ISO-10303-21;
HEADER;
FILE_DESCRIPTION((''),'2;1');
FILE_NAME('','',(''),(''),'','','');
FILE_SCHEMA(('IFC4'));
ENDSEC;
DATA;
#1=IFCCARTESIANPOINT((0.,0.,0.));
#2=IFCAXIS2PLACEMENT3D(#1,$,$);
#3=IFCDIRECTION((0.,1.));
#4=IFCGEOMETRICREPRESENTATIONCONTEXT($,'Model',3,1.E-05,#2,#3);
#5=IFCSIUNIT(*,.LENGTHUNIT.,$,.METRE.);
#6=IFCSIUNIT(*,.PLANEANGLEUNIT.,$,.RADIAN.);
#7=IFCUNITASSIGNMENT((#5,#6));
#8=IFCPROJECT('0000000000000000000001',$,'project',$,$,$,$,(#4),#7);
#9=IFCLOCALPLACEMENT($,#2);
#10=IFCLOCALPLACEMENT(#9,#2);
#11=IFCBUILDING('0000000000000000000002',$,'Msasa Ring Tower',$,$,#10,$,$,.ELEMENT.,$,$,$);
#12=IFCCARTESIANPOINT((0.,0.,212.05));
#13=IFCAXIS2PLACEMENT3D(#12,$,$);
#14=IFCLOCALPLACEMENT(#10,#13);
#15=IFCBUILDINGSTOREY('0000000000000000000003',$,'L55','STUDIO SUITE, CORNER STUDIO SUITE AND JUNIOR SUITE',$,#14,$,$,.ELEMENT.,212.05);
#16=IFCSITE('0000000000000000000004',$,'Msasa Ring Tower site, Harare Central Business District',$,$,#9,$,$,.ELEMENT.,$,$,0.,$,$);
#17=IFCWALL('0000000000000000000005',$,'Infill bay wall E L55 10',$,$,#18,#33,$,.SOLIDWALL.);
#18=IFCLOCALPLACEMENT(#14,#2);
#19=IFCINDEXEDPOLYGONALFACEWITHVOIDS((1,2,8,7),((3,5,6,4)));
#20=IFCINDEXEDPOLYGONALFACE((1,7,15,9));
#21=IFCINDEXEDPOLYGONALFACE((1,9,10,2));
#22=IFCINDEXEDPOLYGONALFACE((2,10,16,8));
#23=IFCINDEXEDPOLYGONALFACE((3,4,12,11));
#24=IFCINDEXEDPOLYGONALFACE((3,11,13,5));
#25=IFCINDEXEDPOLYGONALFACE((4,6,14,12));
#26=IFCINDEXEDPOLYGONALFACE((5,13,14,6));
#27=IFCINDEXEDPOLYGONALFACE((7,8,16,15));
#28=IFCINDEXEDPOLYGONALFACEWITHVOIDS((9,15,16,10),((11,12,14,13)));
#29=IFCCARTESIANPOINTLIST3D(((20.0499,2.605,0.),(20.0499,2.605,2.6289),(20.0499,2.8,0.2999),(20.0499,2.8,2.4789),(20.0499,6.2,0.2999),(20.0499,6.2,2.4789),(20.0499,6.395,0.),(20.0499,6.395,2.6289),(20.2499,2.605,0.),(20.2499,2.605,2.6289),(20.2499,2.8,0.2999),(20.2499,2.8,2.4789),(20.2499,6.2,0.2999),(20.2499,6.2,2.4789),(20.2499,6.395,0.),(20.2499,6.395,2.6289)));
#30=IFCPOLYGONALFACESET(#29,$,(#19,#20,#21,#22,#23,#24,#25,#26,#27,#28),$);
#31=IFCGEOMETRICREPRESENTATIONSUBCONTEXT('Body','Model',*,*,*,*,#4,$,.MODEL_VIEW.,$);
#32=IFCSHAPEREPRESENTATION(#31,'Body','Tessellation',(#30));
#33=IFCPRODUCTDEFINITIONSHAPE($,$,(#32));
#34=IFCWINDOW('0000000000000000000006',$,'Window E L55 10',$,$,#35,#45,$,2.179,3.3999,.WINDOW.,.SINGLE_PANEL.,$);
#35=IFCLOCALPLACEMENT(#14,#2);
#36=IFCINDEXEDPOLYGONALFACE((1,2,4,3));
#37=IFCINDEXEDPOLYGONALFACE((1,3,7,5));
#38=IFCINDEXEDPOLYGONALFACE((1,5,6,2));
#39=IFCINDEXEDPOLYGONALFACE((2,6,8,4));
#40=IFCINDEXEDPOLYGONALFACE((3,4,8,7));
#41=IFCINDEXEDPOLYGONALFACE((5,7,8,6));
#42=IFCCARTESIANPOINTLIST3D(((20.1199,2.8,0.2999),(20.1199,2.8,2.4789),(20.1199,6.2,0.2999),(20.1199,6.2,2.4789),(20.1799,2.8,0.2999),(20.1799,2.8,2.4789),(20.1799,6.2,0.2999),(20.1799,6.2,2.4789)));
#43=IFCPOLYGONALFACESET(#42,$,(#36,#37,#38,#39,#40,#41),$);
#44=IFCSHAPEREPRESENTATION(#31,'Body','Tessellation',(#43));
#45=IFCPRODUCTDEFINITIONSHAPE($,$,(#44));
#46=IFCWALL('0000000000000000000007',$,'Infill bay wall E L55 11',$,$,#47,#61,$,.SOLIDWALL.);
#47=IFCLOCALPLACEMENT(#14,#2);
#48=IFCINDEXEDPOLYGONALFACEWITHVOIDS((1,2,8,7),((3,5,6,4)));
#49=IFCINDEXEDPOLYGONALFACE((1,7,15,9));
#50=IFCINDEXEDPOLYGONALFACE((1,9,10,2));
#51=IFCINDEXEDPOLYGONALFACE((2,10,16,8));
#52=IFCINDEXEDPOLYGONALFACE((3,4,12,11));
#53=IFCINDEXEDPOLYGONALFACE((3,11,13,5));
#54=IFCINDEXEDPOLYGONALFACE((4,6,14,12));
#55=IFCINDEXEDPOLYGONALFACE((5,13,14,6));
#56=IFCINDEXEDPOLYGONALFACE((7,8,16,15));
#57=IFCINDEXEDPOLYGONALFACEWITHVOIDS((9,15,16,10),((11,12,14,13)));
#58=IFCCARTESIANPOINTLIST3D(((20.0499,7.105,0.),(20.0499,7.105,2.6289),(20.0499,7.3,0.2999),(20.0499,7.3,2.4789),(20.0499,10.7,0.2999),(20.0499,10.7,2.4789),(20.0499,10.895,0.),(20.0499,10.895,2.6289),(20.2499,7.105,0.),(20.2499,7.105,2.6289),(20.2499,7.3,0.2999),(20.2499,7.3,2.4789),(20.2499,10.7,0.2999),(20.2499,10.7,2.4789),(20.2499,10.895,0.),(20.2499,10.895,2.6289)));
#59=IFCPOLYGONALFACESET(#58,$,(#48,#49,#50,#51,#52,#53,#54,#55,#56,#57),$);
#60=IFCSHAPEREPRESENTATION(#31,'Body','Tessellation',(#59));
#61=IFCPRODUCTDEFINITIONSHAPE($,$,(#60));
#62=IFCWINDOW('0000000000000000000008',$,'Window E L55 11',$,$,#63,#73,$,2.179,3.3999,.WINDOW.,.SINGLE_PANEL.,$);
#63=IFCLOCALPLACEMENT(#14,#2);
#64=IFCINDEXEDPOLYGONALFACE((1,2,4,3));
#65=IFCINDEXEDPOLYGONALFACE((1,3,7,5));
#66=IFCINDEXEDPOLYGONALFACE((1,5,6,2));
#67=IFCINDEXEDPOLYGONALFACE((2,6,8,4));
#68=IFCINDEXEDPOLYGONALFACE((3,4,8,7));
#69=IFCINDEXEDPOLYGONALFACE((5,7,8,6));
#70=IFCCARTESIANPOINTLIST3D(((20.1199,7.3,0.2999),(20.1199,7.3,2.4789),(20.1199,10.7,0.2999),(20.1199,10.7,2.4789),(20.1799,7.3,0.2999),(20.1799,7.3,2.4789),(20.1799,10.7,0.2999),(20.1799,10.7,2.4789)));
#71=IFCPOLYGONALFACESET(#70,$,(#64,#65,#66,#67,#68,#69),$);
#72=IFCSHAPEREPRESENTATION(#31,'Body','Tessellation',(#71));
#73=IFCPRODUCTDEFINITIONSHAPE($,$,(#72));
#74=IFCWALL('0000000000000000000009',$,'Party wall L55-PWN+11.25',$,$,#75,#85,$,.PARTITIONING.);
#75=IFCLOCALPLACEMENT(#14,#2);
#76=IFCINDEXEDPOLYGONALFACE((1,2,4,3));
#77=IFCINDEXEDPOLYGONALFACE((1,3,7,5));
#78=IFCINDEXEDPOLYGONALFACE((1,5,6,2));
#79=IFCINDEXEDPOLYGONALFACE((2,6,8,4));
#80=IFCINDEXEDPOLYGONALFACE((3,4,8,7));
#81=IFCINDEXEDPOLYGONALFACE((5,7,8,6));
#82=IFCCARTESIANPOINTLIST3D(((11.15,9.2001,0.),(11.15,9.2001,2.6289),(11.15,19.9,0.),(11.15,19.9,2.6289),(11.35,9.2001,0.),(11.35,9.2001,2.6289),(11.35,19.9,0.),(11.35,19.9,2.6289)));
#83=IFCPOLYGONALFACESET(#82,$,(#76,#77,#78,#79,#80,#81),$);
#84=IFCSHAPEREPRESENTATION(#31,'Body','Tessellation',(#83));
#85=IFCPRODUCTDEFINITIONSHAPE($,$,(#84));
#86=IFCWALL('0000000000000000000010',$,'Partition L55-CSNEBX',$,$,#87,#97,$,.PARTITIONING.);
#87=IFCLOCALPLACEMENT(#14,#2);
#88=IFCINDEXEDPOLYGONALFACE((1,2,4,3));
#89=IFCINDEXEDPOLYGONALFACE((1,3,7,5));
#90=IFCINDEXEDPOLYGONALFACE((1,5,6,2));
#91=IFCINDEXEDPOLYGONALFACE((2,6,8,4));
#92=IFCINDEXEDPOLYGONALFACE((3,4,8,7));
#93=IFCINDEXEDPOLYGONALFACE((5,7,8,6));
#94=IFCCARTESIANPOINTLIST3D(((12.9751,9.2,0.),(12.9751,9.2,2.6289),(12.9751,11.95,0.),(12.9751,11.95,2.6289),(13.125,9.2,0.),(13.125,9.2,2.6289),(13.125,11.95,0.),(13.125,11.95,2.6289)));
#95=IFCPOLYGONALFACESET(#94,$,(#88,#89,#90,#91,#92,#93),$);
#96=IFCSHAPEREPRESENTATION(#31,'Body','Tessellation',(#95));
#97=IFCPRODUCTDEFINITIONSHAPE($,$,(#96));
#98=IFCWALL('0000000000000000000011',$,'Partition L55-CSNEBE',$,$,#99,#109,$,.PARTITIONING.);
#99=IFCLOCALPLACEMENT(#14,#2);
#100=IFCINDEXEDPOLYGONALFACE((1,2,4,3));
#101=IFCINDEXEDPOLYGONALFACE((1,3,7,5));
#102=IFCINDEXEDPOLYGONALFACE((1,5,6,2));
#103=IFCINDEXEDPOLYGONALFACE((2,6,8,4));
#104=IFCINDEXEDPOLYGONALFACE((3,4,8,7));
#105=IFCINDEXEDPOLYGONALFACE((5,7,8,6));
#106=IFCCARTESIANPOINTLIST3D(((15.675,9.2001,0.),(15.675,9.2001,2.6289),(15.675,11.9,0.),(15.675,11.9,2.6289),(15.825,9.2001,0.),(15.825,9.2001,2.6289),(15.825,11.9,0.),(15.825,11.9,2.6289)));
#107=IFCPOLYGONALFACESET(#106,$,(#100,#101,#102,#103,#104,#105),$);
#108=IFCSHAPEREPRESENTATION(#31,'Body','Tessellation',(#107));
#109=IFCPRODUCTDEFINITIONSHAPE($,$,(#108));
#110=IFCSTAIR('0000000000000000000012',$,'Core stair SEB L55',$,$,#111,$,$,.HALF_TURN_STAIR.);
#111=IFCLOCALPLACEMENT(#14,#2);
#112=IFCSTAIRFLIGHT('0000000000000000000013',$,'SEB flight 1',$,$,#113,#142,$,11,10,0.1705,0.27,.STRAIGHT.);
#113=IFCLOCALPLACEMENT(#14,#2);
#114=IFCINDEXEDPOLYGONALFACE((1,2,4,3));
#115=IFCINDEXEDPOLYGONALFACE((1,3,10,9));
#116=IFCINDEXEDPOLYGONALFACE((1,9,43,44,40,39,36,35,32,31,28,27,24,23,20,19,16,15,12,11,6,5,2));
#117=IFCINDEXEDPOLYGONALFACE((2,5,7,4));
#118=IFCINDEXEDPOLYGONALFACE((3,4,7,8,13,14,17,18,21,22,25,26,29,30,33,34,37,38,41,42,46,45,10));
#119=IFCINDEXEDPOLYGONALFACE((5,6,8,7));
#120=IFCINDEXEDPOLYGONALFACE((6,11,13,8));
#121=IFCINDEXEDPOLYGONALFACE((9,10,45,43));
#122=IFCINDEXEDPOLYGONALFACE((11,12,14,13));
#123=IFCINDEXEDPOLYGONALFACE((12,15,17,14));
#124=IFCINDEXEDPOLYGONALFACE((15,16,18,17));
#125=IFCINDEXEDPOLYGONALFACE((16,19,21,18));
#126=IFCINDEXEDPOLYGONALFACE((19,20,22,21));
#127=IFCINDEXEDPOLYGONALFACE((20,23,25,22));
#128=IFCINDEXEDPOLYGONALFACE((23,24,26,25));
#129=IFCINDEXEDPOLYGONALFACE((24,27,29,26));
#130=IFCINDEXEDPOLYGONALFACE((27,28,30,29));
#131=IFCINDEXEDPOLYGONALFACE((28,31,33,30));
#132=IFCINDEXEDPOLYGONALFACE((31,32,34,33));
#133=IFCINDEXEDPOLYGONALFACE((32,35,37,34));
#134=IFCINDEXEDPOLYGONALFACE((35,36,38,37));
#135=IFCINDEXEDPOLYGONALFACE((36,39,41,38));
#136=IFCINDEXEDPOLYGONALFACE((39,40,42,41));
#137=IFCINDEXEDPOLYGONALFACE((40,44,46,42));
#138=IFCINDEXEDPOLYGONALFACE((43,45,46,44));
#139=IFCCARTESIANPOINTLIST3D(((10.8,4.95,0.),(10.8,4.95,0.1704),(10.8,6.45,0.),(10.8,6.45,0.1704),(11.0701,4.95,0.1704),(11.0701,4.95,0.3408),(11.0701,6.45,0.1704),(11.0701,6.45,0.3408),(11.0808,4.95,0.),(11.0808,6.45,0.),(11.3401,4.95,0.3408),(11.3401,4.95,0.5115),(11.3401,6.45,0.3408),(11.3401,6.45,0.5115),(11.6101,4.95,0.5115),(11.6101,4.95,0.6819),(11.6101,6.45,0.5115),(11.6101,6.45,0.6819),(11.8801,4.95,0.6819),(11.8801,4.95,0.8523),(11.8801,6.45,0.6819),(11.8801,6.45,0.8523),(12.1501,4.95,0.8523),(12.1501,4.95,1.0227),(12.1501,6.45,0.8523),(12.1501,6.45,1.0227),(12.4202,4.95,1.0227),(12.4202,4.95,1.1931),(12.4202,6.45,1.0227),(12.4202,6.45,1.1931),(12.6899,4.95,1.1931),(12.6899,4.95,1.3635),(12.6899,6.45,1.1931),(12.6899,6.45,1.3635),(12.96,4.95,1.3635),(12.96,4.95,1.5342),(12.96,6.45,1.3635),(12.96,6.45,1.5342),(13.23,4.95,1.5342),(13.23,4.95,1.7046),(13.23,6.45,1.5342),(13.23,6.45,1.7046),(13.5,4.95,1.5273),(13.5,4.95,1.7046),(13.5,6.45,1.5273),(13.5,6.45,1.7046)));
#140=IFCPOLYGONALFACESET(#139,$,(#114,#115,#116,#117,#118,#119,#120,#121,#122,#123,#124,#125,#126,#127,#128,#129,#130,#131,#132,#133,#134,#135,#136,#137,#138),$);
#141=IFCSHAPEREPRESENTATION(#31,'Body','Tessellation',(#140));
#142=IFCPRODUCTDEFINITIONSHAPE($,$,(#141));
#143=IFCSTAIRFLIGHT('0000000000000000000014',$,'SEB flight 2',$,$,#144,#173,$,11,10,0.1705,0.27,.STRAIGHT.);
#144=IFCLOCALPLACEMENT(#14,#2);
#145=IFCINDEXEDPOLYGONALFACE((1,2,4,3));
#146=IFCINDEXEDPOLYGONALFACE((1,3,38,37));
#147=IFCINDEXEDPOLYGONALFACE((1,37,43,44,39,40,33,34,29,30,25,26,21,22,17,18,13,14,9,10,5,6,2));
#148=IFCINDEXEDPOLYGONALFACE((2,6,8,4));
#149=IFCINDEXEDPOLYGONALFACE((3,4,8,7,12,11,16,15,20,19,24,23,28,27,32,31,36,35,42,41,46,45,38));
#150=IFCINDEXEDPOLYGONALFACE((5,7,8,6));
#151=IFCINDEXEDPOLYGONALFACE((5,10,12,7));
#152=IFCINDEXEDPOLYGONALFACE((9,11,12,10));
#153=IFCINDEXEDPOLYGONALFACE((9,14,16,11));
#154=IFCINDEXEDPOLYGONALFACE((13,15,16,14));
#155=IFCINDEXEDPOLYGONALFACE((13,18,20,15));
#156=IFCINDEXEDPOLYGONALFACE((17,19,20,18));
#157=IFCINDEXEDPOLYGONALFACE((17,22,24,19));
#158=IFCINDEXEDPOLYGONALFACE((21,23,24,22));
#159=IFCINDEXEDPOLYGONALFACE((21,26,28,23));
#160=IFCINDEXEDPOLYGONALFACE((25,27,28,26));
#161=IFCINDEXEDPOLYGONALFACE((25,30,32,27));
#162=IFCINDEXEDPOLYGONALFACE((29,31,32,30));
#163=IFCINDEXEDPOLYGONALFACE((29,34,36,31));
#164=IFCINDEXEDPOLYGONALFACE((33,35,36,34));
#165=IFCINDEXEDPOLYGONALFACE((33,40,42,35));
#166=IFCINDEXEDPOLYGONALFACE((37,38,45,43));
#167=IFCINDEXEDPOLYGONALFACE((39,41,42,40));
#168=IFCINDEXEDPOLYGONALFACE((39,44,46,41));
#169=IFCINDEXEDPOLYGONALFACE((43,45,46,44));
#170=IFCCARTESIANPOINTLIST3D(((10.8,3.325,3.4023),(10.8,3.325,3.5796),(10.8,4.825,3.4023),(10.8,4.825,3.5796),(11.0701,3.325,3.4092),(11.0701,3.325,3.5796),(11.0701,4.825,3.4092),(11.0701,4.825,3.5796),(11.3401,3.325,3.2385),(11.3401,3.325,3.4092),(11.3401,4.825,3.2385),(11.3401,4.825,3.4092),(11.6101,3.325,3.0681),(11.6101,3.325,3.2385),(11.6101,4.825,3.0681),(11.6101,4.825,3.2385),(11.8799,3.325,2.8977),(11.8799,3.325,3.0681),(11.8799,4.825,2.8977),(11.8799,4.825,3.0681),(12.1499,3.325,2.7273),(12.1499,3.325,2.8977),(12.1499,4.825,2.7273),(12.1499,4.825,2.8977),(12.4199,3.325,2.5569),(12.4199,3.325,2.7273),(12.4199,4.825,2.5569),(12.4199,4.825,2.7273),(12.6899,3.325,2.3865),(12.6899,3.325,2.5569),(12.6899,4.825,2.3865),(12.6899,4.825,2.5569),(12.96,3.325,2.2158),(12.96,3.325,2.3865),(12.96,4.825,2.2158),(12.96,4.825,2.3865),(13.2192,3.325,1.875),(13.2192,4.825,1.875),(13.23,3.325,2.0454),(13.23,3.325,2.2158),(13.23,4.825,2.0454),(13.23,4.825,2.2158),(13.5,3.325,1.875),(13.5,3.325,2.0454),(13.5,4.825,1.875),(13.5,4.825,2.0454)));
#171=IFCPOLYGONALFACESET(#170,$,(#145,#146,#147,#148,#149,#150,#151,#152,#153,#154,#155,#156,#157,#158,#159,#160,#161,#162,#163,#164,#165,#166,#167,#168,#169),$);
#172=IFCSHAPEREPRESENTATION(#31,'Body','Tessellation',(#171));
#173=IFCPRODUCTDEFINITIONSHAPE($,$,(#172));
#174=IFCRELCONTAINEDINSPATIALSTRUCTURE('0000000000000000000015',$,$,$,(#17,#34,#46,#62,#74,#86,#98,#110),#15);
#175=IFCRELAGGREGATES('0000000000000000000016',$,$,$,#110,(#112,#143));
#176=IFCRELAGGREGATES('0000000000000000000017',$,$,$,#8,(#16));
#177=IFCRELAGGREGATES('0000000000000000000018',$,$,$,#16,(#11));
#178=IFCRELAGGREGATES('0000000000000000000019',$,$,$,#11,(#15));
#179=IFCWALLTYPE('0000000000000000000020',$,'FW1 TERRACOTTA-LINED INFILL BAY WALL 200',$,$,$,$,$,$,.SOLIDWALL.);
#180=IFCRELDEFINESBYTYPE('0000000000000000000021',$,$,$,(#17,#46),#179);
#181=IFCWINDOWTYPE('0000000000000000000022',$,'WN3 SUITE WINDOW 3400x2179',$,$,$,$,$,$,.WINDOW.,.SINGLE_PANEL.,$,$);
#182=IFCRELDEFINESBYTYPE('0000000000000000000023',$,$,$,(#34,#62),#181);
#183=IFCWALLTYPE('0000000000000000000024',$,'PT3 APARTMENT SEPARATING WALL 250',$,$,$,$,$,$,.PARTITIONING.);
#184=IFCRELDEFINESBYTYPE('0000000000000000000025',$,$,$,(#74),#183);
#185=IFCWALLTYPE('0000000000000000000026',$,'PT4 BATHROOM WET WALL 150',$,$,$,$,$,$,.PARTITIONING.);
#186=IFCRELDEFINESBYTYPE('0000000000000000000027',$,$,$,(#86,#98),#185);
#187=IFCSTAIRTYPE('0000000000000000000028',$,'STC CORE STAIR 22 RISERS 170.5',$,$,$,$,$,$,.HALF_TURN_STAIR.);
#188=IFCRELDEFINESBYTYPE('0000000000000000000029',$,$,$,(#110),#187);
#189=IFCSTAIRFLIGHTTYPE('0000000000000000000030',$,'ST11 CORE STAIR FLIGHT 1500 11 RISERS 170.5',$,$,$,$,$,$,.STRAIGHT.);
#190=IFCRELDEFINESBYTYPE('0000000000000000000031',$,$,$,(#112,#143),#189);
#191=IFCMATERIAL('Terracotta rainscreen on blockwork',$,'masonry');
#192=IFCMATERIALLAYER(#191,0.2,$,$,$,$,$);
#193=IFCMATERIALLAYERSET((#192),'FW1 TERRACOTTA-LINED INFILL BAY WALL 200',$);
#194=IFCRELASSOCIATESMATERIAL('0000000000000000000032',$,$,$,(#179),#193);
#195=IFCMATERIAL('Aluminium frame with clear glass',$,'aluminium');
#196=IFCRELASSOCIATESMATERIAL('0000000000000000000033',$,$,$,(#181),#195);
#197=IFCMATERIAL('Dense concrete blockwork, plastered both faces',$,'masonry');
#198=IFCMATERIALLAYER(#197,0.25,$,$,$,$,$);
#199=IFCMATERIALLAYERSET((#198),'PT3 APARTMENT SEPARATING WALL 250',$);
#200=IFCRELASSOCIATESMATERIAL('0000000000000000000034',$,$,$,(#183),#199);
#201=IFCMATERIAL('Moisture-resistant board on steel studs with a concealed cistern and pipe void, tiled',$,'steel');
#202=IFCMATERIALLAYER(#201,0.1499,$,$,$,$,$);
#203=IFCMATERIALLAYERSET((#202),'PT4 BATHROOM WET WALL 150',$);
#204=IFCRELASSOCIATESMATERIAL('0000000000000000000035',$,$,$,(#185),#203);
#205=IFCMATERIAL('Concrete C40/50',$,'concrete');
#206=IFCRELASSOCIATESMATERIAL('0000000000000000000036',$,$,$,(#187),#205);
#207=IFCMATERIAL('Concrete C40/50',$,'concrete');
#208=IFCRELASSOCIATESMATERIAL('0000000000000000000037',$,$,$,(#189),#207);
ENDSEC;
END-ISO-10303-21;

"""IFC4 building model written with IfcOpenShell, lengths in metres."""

from ifc_helpers import new_model, si_unit, direction, frame, frame_2d, origin, place, context, subcontext, project, spatial, polyline, rectangle, outline, extrude, material, layer, layer_set, type_object, element, fill, aggregate, save


model = new_model("IFC4")

# Units and contexts
model_context = context("Model", 3, precision=1e-05, world=origin(), true_north=direction((0.0, 1.0)))
body_context = subcontext(model_context, "Body", "Model", "MODEL_VIEW")
ifc_project = project(units=[si_unit("LENGTHUNIT", "METRE"), si_unit("PLANEANGLEUNIT", "RADIAN")], contexts=[model_context])

# Site, building, storey
site_placement = place(None, origin())
site = spatial("IfcSite", under=ifc_project, at=site_placement, Name="Msasa Ring Tower site, Harare Central Business District", CompositionType="ELEMENT", RefElevation=0.0)
building_placement = place(site_placement, origin())
building = spatial("IfcBuilding", under=site, at=building_placement, Name="Msasa Ring Tower", CompositionType="ELEMENT")
storey_placement = place(building_placement, frame((0.0, 0.0, 212.05)))
storey = spatial("IfcBuildingStorey", under=building, at=storey_placement, Name="L55", Description="STUDIO SUITE, CORNER STUDIO SUITE AND JUNIOR SUITE", CompositionType="ELEMENT", Elevation=212.05)

# Walls, openings, windows
ifc_material_1 = material(Name="Terracotta rainscreen on blockwork", Category="masonry")
ifc_layer_1 = layer(ifc_material_1, 0.2)
ifc_layer_set_1 = layer_set([ifc_layer_1], Name="FW1 TERRACOTTA-LINED INFILL BAY WALL 200")
wall_type_1 = type_object("IfcWallType", Name="FW1 TERRACOTTA-LINED INFILL BAY WALL 200", PredefinedType="SOLIDWALL", material=ifc_layer_set_1)
wall_1_placement = place(storey_placement, frame((20.1499, 2.605, 0.0), z_axis=(0.0, 0.0, 1.0), x_axis=(0.0, 1.0, 0.0)))
wall_1 = element("IfcWall", 1, at=wall_1_placement, inside=storey, type_object=wall_type_1, Name="Infill bay wall E L55 10", PredefinedType="SOLIDWALL", context=body_context, shape_type="SweptSolid", body=[
    extrude(rectangle(XDim=3.79, YDim=0.2, at=frame_2d((1.895, 0.0))), origin(), (0.0, 0.0, 1.0), 2.6289),
])
opening_1_placement = place(wall_1_placement, frame((0.1951, 0.0, 0.3)))
opening_1 = element("IfcOpeningElement", 2, at=opening_1_placement, cuts=wall_1, PredefinedType="OPENING", context=body_context, shape_type="SweptSolid", body=[
    extrude(rectangle(XDim=3.3999, YDim=2.179, at=frame_2d((1.7, 1.0894))), frame((0.0, 0.1099, 0.0), z_axis=(0.0, -1.0, 0.0), x_axis=(1.0, 0.0, 0.0)), (0.0, 0.0, 1.0), 0.22),
])
ifc_material_2 = material(Name="Aluminium frame with clear glass", Category="aluminium")
window_type = type_object("IfcWindowType", Name="WN3 SUITE WINDOW 3400x2179", PartitioningType="SINGLE_PANEL", PredefinedType="WINDOW", material=ifc_material_2)
window_1_placement = place(opening_1_placement, origin())
window_1 = element("IfcWindow", 3, at=window_1_placement, inside=storey, type_object=window_type, Name="Window E L55 10", OverallHeight=2.179, OverallWidth=3.3999, PartitioningType="SINGLE_PANEL", PredefinedType="WINDOW", context=body_context, shape_type="SweptSolid", body=[
    extrude(rectangle(XDim=3.3999, YDim=2.179, at=frame_2d((1.7, 1.0894))), frame((0.0, 0.03, 0.0), z_axis=(0.0, -1.0, 0.0), x_axis=(1.0, 0.0, 0.0)), (0.0, 0.0, 1.0), 0.0601),
])
fill(opening_1, window_1)
wall_2_placement = place(storey_placement, frame((20.1499, 7.105, 0.0), z_axis=(0.0, 0.0, 1.0), x_axis=(0.0, 1.0, 0.0)))
wall_2 = element("IfcWall", 4, at=wall_2_placement, inside=storey, type_object=wall_type_1, Name="Infill bay wall E L55 11", PredefinedType="SOLIDWALL", context=body_context, shape_type="SweptSolid", body=[
    extrude(rectangle(XDim=3.79, YDim=0.2, at=frame_2d((1.895, 0.0))), origin(), (0.0, 0.0, 1.0), 2.6289),
])
opening_2_placement = place(wall_2_placement, frame((0.1951, 0.0, 0.3)))
opening_2 = element("IfcOpeningElement", 5, at=opening_2_placement, cuts=wall_2, PredefinedType="OPENING", context=body_context, shape_type="SweptSolid", body=[
    extrude(rectangle(XDim=3.3999, YDim=2.179, at=frame_2d((1.7, 1.0894))), frame((0.0, 0.1099, 0.0), z_axis=(0.0, -1.0, 0.0), x_axis=(1.0, 0.0, 0.0)), (0.0, 0.0, 1.0), 0.22),
])
window_2_placement = place(opening_2_placement, origin())
window_2 = element("IfcWindow", 6, at=window_2_placement, inside=storey, type_object=window_type, Name="Window E L55 11", OverallHeight=2.179, OverallWidth=3.3999, PartitioningType="SINGLE_PANEL", PredefinedType="WINDOW", context=body_context, shape_type="SweptSolid", body=[
    extrude(rectangle(XDim=3.3999, YDim=2.179, at=frame_2d((1.7, 1.0894))), frame((0.0, 0.03, 0.0), z_axis=(0.0, -1.0, 0.0), x_axis=(1.0, 0.0, 0.0)), (0.0, 0.0, 1.0), 0.0601),
])
fill(opening_2, window_2)

# Walls
ifc_material_3 = material(Name="Dense concrete blockwork, plastered both faces", Category="masonry")
ifc_layer_2 = layer(ifc_material_3, 0.25)
ifc_layer_set_2 = layer_set([ifc_layer_2], Name="PT3 APARTMENT SEPARATING WALL 250")
wall_type_2 = type_object("IfcWallType", Name="PT3 APARTMENT SEPARATING WALL 250", PredefinedType="PARTITIONING", material=ifc_layer_set_2)
wall_3_placement = place(storey_placement, frame((11.25, 9.2, 0.0), z_axis=(0.0, 0.0, 1.0), x_axis=(0.0, 1.0, 0.0)))
element("IfcWall", 7, at=wall_3_placement, inside=storey, type_object=wall_type_2, Name="Party wall L55-PWN+11.25", PredefinedType="PARTITIONING", context=body_context, shape_type="SweptSolid", body=[
    extrude(rectangle(XDim=10.7, YDim=0.2, at=frame_2d((5.3501, 0.0))), origin(), (0.0, 0.0, 1.0), 2.6289),
])
ifc_material_4 = material(Name="Moisture-resistant board on steel studs with a concealed cistern and pipe void, tiled", Category="steel")
ifc_layer_3 = layer(ifc_material_4, 0.1499)
ifc_layer_set_3 = layer_set([ifc_layer_3], Name="PT4 BATHROOM WET WALL 150")
wall_type_3 = type_object("IfcWallType", Name="PT4 BATHROOM WET WALL 150", PredefinedType="PARTITIONING", material=ifc_layer_set_3)
wall_4_placement = place(storey_placement, frame((13.05, 9.2, 0.0), z_axis=(0.0, 0.0, 1.0), x_axis=(0.0, 1.0, 0.0)))
element("IfcWall", 8, at=wall_4_placement, inside=storey, type_object=wall_type_3, Name="Partition L55-CSNEBX", PredefinedType="PARTITIONING", context=body_context, shape_type="SweptSolid", body=[
    extrude(rectangle(XDim=2.75, YDim=0.1499, at=frame_2d((1.375, 0.0))), origin(), (0.0, 0.0, 1.0), 2.6289),
])
wall_5_placement = place(storey_placement, frame((15.75, 9.2, 0.0), z_axis=(0.0, 0.0, 1.0), x_axis=(0.0, 1.0, 0.0)))
element("IfcWall", 9, at=wall_5_placement, inside=storey, type_object=wall_type_3, Name="Partition L55-CSNEBE", PredefinedType="PARTITIONING", context=body_context, shape_type="SweptSolid", body=[
    extrude(rectangle(XDim=2.7, YDim=0.1499, at=frame_2d((1.3501, 0.0))), origin(), (0.0, 0.0, 1.0), 2.6289),
])

# Stair, stair flights
ifc_material_5 = material(Name="Concrete C40/50", Category="concrete")
stair_type = type_object("IfcStairType", Name="STC CORE STAIR 22 RISERS 170.5", PredefinedType="HALF_TURN_STAIR", material=ifc_material_5)
stair_placement = place(storey_placement, origin())
stair = element("IfcStair", 10, at=stair_placement, inside=storey, type_object=stair_type, Name="Core stair SEB L55", PredefinedType="HALF_TURN_STAIR")
ifc_material_6 = material(Name="Concrete C40/50", Category="concrete")
stair_flight_type = type_object("IfcStairFlightType", Name="ST11 CORE STAIR FLIGHT 1500 11 RISERS 170.5", PredefinedType="STRAIGHT", material=ifc_material_6)
stair_flight_1_placement = place(storey_placement, frame((10.8, 5.7, 0.0), z_axis=(0.0, 0.0, 1.0), x_axis=(1.0, 0.0, 0.0)))
stair_flight_1 = element("IfcStairFlight", 11, at=stair_flight_1_placement, type_object=stair_flight_type, Name="SEB flight 1", NumberOfRisers=11, NumberOfTreads=10, PredefinedType="STRAIGHT", RiserHeight=0.1705, TreadLength=0.27, context=body_context, shape_type="SweptSolid", body=[
    extrude(outline(polyline([(0.0, 0.0), (0.0, 0.1704), (0.27, 0.1704), (0.27, 0.3408), (0.54, 0.3408), (0.54, 0.5115), (0.8101, 0.5115), (0.8101, 0.6819), (1.0801, 0.6819), (1.0801, 0.8523), (1.3501, 0.8523), (1.3501, 1.0227), (1.6201, 1.0227), (1.6201, 1.1931), (1.8899, 1.1931), (1.8899, 1.3635), (2.1599, 1.3635), (2.1599, 1.5342), (2.4299, 1.5342), (2.4299, 1.7046), (2.7, 1.7046), (2.7, 1.875), (2.7, 1.5273), (0.2808, 0.0), (0.0, 0.0)])), frame((0.0, 0.75, 0.0), z_axis=(0.0, -1.0, 0.0), x_axis=(1.0, 0.0, 0.0)), (0.0, 0.0, 1.0), 1.5),
])
stair_flight_2_placement = place(storey_placement, frame((13.5, 4.075, 1.875), z_axis=(0.0, 0.0, 1.0), x_axis=(-1.0, 0.0, 0.0)))
stair_flight_2 = element("IfcStairFlight", 12, at=stair_flight_2_placement, type_object=stair_flight_type, Name="SEB flight 2", NumberOfRisers=11, NumberOfTreads=10, PredefinedType="STRAIGHT", RiserHeight=0.1705, TreadLength=0.27, context=body_context, shape_type="SweptSolid", body=[
    extrude(outline(polyline([(0.0, 0.0), (0.0, 0.1704), (0.27, 0.1704), (0.27, 0.3408), (0.54, 0.3408), (0.54, 0.5115), (0.8101, 0.5115), (0.8101, 0.6819), (1.0801, 0.6819), (1.0801, 0.8523), (1.3501, 0.8523), (1.3501, 1.0227), (1.6201, 1.0227), (1.6201, 1.1931), (1.8899, 1.1931), (1.8899, 1.3635), (2.1599, 1.3635), (2.1599, 1.5342), (2.4299, 1.5342), (2.4299, 1.7046), (2.7, 1.7046), (2.7, 1.875), (2.7, 1.5273), (0.2808, 0.0), (0.0, 0.0)])), frame((0.0, 0.75, 0.0), z_axis=(0.0, -1.0, 0.0), x_axis=(1.0, 0.0, 0.0)), (0.0, 0.0, 1.0), 1.5),
])
aggregate(stair, [stair_flight_1, stair_flight_2])

save(model, "model.ifc")
